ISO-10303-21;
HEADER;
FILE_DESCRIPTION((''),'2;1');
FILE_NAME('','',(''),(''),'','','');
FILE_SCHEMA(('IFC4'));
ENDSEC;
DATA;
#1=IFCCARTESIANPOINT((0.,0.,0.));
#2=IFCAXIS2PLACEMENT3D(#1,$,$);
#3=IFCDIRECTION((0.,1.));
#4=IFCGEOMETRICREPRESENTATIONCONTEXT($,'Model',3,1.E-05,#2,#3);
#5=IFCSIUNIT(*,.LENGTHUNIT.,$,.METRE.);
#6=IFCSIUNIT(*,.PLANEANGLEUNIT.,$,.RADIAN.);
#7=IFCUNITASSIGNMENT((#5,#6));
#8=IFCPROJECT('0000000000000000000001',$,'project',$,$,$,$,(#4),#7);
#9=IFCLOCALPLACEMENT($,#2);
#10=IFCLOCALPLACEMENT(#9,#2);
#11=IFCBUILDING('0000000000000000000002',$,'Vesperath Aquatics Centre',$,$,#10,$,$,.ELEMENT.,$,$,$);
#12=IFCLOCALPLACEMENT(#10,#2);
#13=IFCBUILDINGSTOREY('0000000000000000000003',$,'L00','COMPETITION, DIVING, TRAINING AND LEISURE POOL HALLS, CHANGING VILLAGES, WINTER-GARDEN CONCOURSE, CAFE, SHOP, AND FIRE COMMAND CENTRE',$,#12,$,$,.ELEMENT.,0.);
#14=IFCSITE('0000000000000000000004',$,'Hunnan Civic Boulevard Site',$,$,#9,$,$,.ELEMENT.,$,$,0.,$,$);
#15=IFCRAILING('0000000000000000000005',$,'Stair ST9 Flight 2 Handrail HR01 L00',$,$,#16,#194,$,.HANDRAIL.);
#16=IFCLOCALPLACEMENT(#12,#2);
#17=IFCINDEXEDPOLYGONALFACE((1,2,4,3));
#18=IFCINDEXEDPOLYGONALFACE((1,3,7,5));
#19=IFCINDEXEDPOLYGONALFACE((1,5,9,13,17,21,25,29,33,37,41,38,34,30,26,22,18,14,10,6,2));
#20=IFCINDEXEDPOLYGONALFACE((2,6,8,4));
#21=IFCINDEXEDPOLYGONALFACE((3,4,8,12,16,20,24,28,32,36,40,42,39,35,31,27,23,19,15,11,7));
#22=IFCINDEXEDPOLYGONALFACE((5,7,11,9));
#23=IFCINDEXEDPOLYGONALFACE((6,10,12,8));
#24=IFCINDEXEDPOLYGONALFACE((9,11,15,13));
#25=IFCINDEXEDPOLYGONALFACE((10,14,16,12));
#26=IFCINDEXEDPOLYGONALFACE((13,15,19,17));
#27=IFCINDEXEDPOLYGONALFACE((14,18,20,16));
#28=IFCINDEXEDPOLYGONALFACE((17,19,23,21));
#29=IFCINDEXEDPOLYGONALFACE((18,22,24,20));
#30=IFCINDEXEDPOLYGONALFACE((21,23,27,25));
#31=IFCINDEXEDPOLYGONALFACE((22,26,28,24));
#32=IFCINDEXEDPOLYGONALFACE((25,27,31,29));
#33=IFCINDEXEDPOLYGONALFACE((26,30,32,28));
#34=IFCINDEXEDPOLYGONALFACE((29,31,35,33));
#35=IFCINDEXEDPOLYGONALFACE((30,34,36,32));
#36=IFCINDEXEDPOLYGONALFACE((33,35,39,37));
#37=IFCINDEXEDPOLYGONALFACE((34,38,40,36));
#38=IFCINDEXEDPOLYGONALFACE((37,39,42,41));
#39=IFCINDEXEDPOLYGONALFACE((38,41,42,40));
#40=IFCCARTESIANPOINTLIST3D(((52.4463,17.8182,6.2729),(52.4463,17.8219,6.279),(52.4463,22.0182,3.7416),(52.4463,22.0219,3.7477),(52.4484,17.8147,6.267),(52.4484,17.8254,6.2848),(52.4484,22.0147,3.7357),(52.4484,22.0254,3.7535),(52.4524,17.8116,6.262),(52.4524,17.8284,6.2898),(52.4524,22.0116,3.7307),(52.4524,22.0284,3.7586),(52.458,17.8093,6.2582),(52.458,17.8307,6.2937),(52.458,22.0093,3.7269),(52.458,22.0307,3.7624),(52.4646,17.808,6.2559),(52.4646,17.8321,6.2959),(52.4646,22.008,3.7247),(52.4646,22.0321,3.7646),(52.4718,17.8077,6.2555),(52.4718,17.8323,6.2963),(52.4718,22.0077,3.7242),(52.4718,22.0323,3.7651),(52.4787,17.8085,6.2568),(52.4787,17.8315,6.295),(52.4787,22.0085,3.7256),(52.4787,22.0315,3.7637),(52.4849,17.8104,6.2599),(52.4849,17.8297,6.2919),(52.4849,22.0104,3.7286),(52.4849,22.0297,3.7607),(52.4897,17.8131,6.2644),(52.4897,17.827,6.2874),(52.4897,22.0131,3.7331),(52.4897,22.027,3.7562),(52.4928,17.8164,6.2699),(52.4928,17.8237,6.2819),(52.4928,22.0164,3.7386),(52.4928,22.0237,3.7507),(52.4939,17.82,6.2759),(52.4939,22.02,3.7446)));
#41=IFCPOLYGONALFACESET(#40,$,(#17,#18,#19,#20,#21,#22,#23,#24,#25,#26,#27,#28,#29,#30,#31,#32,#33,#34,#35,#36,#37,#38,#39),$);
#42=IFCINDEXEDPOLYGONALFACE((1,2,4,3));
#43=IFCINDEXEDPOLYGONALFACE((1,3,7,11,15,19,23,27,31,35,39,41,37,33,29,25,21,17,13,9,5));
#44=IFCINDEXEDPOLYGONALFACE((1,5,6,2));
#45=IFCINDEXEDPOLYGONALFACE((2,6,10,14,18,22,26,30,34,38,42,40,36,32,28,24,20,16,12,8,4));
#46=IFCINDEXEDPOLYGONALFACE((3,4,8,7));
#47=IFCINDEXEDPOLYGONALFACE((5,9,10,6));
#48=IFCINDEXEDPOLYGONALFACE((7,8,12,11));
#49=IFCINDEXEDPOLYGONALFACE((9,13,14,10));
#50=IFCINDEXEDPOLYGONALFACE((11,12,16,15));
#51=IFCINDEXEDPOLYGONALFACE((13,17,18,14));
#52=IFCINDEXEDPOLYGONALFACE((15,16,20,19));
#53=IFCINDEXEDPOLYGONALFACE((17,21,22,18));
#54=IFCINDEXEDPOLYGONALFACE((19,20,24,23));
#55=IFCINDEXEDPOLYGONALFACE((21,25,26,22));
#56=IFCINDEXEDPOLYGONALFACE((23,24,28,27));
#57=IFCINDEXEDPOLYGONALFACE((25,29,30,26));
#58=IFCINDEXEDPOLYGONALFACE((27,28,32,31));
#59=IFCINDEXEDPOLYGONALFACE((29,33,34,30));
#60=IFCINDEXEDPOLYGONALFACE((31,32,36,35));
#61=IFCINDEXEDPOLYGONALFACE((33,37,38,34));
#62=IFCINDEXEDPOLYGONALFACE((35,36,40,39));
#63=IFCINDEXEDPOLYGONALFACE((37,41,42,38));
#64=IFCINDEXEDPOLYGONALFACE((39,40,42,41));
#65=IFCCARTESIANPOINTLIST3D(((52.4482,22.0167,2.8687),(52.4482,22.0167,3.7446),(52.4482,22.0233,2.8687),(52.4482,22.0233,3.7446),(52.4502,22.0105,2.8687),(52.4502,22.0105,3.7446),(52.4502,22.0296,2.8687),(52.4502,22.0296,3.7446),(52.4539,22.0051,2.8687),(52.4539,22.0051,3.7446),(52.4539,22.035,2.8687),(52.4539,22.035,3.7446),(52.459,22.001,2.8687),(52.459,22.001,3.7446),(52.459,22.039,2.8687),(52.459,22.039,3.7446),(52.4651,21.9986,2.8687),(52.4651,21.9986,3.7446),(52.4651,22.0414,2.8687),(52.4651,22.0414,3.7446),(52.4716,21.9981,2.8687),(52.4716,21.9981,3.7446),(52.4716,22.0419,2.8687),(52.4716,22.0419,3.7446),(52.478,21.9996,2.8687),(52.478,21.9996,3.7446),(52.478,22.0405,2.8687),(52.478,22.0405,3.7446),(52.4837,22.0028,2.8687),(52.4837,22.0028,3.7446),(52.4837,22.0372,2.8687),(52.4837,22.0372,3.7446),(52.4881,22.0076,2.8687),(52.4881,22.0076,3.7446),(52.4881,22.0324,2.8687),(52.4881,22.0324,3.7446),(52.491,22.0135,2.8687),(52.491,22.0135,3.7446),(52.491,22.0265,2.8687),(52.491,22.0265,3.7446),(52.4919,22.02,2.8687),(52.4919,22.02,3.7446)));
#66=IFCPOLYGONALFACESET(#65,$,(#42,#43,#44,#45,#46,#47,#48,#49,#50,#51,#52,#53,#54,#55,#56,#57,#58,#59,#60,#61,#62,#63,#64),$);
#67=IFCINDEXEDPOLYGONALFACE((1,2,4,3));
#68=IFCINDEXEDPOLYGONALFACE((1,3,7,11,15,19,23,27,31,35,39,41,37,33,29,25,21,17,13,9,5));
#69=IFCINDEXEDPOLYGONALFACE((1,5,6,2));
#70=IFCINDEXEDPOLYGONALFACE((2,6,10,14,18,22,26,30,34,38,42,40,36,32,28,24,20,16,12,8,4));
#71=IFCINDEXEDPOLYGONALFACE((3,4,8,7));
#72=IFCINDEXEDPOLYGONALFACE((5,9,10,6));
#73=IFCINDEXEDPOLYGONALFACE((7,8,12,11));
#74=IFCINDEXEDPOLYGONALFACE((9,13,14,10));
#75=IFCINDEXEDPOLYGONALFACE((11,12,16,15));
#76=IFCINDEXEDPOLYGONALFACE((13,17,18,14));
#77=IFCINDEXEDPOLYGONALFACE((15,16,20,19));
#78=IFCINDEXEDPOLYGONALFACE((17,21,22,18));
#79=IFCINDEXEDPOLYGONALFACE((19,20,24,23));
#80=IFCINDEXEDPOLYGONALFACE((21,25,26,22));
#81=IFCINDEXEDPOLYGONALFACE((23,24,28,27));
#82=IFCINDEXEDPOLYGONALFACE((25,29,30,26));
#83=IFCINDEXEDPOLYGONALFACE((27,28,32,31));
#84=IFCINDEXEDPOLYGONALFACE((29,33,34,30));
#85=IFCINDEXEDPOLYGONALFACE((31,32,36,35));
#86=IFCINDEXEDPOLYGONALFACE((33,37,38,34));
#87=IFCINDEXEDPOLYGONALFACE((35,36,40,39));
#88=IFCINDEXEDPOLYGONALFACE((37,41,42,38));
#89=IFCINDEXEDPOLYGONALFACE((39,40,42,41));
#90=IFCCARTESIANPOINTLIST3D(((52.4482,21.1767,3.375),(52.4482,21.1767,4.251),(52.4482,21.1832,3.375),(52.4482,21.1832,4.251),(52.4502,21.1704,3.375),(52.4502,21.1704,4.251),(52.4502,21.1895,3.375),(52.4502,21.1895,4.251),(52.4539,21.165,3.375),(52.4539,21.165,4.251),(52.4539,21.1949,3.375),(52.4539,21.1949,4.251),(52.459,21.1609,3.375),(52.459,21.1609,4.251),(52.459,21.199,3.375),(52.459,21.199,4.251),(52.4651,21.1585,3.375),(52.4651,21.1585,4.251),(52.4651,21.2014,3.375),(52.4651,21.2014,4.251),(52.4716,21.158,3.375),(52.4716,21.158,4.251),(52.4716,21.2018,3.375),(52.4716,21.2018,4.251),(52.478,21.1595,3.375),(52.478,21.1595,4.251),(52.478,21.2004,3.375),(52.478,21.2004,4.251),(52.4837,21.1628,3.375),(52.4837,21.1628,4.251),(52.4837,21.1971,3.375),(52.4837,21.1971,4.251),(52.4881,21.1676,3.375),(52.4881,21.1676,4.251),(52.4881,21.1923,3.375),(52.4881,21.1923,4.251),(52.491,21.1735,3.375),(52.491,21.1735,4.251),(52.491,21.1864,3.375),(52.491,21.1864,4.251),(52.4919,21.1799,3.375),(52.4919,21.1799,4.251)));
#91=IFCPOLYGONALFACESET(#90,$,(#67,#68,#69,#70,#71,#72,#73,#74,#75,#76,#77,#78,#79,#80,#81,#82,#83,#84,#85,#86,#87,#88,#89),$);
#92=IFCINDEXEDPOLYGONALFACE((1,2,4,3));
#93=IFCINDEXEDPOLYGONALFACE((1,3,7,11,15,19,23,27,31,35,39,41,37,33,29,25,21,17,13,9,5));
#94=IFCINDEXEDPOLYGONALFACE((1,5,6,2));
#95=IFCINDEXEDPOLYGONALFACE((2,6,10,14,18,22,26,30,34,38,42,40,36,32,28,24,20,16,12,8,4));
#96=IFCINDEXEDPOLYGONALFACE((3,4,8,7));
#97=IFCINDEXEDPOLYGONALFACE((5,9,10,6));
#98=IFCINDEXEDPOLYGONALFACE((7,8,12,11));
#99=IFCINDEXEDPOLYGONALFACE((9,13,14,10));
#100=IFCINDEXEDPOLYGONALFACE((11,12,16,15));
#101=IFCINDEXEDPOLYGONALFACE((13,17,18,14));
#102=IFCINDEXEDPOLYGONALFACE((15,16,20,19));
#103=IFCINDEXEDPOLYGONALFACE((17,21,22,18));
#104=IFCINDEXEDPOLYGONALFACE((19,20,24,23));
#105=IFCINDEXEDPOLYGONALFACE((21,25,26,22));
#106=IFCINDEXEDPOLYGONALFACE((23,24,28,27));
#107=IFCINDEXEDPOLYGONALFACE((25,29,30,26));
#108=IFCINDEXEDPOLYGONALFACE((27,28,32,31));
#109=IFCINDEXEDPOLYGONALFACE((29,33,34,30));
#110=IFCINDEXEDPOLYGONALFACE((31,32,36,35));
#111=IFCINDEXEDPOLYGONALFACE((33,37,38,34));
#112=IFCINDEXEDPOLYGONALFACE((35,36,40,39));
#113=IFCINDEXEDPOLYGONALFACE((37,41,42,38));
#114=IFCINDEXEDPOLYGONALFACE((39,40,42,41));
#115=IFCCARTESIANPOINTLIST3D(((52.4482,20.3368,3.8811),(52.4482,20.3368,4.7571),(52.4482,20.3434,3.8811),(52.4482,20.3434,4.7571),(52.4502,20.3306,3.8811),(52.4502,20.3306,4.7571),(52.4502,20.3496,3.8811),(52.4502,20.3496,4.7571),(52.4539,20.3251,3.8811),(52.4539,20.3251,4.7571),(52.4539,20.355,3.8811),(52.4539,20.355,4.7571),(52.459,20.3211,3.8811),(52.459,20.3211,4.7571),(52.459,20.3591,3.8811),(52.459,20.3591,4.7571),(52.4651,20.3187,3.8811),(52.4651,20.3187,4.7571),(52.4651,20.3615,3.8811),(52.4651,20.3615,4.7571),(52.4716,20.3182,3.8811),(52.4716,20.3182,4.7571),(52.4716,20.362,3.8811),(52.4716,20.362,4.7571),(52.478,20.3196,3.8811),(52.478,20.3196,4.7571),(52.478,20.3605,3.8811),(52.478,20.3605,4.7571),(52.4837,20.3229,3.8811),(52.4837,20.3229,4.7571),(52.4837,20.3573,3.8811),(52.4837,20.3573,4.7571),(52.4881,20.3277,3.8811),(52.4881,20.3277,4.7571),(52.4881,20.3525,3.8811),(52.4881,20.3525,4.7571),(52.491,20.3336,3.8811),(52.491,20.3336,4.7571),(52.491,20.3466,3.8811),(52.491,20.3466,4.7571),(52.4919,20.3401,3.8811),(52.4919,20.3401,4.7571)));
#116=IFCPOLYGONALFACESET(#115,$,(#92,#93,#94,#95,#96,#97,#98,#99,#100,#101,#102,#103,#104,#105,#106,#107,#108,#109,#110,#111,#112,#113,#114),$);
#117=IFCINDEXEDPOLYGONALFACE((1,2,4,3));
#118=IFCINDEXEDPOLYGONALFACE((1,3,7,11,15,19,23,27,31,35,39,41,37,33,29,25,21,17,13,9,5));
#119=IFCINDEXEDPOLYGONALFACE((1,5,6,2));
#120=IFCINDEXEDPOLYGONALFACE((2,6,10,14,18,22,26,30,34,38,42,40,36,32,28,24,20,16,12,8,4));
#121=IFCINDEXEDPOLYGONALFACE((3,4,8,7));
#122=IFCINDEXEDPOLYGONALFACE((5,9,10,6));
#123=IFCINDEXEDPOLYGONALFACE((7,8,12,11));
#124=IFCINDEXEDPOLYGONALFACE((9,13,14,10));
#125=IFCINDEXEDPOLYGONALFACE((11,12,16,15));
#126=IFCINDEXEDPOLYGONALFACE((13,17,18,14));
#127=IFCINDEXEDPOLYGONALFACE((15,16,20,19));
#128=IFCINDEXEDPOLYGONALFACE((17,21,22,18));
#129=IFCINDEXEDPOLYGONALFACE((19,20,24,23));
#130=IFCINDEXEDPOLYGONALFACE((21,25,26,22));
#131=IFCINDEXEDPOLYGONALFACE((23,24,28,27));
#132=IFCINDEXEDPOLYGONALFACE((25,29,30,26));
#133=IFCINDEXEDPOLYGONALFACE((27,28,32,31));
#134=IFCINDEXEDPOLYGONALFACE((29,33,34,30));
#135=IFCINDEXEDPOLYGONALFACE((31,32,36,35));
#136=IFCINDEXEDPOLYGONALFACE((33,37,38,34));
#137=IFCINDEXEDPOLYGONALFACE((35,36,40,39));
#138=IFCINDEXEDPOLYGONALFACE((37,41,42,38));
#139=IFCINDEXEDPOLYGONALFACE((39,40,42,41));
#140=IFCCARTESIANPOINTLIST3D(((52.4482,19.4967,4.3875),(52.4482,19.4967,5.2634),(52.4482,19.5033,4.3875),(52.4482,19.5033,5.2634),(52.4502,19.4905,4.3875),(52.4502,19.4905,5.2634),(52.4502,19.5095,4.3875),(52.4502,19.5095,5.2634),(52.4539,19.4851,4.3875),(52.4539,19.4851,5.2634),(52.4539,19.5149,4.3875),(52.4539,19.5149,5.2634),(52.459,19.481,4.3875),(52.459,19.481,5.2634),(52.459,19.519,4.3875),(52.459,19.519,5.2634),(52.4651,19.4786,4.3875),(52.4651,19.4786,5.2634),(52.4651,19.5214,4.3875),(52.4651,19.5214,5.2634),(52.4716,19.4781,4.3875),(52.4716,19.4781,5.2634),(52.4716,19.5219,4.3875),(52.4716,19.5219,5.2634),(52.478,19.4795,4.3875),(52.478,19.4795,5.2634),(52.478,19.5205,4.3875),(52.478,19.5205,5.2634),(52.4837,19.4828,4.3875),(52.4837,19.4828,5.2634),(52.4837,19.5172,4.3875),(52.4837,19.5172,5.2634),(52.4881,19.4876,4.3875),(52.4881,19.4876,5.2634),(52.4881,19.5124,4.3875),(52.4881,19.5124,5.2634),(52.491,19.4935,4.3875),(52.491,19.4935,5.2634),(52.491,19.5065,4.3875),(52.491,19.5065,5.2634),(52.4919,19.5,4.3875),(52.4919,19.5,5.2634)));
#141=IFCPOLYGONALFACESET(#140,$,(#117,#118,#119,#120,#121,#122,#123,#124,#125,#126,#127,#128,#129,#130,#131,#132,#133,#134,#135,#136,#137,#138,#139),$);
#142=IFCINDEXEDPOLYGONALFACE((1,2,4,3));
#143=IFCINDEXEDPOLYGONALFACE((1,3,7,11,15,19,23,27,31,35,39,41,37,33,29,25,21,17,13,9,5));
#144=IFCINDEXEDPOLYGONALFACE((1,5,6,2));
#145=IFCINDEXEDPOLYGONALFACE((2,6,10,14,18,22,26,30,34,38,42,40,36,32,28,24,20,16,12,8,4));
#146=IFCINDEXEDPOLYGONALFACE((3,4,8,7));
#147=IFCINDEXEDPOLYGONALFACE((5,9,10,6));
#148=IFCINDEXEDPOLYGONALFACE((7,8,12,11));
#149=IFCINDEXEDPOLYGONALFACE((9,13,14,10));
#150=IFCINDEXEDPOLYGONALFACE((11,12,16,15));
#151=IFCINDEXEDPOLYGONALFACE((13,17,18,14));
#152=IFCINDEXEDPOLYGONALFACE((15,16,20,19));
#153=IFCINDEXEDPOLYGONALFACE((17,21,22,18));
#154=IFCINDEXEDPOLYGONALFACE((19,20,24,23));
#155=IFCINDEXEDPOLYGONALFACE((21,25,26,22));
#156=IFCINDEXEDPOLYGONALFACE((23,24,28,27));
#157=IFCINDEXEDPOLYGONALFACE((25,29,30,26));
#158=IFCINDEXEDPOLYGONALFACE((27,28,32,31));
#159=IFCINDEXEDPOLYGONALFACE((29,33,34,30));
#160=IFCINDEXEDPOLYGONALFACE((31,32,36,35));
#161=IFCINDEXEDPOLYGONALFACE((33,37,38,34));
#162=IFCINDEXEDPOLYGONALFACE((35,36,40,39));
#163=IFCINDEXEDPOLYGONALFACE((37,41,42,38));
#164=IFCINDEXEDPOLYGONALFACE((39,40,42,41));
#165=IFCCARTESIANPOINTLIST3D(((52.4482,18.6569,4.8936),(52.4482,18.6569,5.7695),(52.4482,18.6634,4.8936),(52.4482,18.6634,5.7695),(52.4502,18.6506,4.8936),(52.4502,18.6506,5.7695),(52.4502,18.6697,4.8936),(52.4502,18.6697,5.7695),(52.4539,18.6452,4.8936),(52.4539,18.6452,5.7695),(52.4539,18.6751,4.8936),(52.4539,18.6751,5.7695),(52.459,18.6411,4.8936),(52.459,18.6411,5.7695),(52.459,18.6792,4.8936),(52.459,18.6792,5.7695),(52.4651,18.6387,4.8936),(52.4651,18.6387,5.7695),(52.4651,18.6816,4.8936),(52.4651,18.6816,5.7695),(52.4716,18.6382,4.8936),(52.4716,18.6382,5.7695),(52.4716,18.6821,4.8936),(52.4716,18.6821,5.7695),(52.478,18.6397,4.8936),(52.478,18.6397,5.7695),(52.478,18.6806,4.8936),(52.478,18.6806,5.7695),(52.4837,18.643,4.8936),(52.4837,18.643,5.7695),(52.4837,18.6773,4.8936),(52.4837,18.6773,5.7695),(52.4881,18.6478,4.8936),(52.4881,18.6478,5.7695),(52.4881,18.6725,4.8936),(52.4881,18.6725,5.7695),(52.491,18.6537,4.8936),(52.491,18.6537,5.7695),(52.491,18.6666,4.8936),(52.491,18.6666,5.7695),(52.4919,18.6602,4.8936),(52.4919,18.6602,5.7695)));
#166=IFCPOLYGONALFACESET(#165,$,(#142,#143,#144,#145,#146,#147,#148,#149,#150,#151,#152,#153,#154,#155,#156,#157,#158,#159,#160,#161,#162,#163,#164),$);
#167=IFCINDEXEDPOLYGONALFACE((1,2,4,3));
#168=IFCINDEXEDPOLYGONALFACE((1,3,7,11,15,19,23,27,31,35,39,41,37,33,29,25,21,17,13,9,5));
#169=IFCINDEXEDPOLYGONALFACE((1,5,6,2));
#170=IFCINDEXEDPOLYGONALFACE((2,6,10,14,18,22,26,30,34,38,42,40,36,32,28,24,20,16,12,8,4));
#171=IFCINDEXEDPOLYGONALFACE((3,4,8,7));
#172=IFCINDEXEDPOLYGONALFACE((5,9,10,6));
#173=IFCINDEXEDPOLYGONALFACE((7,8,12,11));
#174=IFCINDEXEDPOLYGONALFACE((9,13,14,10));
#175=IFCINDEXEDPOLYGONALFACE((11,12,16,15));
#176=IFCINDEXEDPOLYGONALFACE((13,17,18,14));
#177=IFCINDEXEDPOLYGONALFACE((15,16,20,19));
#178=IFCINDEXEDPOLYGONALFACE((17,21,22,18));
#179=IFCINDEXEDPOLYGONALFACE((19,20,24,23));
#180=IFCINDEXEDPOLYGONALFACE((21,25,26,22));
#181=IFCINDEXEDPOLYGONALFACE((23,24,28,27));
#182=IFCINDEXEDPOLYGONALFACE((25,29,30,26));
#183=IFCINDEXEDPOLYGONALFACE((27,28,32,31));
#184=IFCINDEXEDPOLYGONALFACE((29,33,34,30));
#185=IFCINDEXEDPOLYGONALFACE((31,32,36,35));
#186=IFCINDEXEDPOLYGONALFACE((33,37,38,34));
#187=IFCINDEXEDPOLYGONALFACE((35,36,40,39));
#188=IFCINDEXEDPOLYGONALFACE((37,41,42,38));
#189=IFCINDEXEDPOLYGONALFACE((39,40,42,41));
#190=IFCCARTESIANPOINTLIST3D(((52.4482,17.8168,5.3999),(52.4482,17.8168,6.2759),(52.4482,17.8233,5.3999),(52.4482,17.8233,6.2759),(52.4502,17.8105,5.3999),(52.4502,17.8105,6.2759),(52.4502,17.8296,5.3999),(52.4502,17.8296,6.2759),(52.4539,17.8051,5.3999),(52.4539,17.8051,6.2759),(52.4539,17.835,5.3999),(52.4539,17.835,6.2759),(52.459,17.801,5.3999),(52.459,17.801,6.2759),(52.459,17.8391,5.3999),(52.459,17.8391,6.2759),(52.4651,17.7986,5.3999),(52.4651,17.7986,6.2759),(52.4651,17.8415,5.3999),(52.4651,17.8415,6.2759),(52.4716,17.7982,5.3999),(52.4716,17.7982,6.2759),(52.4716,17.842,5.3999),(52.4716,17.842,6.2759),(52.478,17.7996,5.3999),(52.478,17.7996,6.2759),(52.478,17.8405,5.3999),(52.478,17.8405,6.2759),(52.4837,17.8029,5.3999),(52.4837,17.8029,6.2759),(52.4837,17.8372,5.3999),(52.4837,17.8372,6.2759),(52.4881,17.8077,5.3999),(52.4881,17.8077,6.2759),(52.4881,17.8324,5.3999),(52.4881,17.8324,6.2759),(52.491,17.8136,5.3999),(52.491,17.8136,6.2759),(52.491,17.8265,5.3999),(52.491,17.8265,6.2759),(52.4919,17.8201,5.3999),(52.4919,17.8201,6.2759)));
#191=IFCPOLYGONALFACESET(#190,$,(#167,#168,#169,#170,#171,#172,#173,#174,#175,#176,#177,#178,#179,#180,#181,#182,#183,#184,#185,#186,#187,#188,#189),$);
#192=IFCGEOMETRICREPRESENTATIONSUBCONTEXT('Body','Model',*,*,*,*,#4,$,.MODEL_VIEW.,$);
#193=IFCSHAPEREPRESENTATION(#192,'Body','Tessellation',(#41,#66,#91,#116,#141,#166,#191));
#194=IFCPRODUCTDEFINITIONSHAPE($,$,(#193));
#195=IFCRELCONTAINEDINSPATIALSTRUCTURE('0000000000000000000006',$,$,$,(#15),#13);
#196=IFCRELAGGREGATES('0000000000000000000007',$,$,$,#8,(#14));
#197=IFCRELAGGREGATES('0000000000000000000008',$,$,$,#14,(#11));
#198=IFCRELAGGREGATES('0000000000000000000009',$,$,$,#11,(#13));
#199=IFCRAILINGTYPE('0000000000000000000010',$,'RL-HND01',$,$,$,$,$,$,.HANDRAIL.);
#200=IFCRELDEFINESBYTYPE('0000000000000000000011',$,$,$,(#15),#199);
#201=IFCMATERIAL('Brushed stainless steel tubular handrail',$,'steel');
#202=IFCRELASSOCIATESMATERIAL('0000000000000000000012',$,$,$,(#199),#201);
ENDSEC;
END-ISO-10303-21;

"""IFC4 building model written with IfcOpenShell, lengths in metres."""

from ifc_helpers import new_model, si_unit, direction, frame, origin, origin_2d, place, context, subcontext, project, spatial, circle, extrude, material, type_object, element, save


model = new_model("IFC4")

# Units and contexts
model_context = context("Model", 3, precision=1e-05, world=origin(), true_north=direction((0.0, 1.0)))
body_context = subcontext(model_context, "Body", "Model", "MODEL_VIEW")
ifc_project = project(units=[si_unit("LENGTHUNIT", "METRE"), si_unit("PLANEANGLEUNIT", "RADIAN")], contexts=[model_context])

# Site, building, storey
site_placement = place(None, origin())
site = spatial("IfcSite", under=ifc_project, at=site_placement, Name="Hunnan Civic Boulevard Site", CompositionType="ELEMENT", RefElevation=0.0)
building_placement = place(site_placement, origin())
building = spatial("IfcBuilding", under=site, at=building_placement, Name="Vesperath Aquatics Centre", CompositionType="ELEMENT")
storey_placement = place(building_placement, origin())
storey = spatial("IfcBuildingStorey", under=building, at=storey_placement, Name="L00", Description="COMPETITION, DIVING, TRAINING AND LEISURE POOL HALLS, CHANGING VILLAGES, WINTER-GARDEN CONCOURSE, CAFE, SHOP, AND FIRE COMMAND CENTRE", CompositionType="ELEMENT", Elevation=0.0)

# Railing
ifc_material_1 = material(Name="Brushed stainless steel tubular handrail", Category="steel")
railing_type_1 = type_object("IfcRailingType", Name="RL-HND01", PredefinedType="HANDRAIL", material=ifc_material_1)
railing_1_placement = place(storey_placement, frame((52.47, 22.02, 2.8687)))
element("IfcRailing", 1, at=railing_1_placement, inside=storey, type_object=railing_type_1, Name="Stair ST9 Flight 2 Handrail HR01 L00", PredefinedType="HANDRAIL", context=body_context, shape_type="SweptSolid", body=[
    extrude(circle(Radius=0.0239, at=origin_2d()), frame((0.0, 0.0, 0.876), z_axis=(0.0, -0.856476, 0.516186), x_axis=(1.0, 0.0, 0.0)), (0.0, 0.0, 1.0), 4.9038),
    extrude(circle(Radius=0.022, at=origin_2d()), origin(), (0.0, 0.0, 1.0), 0.876),
    extrude(circle(Radius=0.022, at=origin_2d()), frame((0.0, -0.8401, 0.5063)), (0.0, 0.0, 1.0), 0.876),
    extrude(circle(Radius=0.022, at=origin_2d()), frame((0.0, -1.6799, 1.0125)), (0.0, 0.0, 1.0), 0.876),
    extrude(circle(Radius=0.022, at=origin_2d()), frame((0.0, -2.52, 1.5188)), (0.0, 0.0, 1.0), 0.876),
    extrude(circle(Radius=0.022, at=origin_2d()), frame((0.0, -3.3599, 2.0249)), (0.0, 0.0, 1.0), 0.876),
    extrude(circle(Radius=0.022, at=origin_2d()), frame((0.0, -4.2, 2.5312)), (0.0, 0.0, 1.0), 0.876),
])

save(model, "model.ifc")
